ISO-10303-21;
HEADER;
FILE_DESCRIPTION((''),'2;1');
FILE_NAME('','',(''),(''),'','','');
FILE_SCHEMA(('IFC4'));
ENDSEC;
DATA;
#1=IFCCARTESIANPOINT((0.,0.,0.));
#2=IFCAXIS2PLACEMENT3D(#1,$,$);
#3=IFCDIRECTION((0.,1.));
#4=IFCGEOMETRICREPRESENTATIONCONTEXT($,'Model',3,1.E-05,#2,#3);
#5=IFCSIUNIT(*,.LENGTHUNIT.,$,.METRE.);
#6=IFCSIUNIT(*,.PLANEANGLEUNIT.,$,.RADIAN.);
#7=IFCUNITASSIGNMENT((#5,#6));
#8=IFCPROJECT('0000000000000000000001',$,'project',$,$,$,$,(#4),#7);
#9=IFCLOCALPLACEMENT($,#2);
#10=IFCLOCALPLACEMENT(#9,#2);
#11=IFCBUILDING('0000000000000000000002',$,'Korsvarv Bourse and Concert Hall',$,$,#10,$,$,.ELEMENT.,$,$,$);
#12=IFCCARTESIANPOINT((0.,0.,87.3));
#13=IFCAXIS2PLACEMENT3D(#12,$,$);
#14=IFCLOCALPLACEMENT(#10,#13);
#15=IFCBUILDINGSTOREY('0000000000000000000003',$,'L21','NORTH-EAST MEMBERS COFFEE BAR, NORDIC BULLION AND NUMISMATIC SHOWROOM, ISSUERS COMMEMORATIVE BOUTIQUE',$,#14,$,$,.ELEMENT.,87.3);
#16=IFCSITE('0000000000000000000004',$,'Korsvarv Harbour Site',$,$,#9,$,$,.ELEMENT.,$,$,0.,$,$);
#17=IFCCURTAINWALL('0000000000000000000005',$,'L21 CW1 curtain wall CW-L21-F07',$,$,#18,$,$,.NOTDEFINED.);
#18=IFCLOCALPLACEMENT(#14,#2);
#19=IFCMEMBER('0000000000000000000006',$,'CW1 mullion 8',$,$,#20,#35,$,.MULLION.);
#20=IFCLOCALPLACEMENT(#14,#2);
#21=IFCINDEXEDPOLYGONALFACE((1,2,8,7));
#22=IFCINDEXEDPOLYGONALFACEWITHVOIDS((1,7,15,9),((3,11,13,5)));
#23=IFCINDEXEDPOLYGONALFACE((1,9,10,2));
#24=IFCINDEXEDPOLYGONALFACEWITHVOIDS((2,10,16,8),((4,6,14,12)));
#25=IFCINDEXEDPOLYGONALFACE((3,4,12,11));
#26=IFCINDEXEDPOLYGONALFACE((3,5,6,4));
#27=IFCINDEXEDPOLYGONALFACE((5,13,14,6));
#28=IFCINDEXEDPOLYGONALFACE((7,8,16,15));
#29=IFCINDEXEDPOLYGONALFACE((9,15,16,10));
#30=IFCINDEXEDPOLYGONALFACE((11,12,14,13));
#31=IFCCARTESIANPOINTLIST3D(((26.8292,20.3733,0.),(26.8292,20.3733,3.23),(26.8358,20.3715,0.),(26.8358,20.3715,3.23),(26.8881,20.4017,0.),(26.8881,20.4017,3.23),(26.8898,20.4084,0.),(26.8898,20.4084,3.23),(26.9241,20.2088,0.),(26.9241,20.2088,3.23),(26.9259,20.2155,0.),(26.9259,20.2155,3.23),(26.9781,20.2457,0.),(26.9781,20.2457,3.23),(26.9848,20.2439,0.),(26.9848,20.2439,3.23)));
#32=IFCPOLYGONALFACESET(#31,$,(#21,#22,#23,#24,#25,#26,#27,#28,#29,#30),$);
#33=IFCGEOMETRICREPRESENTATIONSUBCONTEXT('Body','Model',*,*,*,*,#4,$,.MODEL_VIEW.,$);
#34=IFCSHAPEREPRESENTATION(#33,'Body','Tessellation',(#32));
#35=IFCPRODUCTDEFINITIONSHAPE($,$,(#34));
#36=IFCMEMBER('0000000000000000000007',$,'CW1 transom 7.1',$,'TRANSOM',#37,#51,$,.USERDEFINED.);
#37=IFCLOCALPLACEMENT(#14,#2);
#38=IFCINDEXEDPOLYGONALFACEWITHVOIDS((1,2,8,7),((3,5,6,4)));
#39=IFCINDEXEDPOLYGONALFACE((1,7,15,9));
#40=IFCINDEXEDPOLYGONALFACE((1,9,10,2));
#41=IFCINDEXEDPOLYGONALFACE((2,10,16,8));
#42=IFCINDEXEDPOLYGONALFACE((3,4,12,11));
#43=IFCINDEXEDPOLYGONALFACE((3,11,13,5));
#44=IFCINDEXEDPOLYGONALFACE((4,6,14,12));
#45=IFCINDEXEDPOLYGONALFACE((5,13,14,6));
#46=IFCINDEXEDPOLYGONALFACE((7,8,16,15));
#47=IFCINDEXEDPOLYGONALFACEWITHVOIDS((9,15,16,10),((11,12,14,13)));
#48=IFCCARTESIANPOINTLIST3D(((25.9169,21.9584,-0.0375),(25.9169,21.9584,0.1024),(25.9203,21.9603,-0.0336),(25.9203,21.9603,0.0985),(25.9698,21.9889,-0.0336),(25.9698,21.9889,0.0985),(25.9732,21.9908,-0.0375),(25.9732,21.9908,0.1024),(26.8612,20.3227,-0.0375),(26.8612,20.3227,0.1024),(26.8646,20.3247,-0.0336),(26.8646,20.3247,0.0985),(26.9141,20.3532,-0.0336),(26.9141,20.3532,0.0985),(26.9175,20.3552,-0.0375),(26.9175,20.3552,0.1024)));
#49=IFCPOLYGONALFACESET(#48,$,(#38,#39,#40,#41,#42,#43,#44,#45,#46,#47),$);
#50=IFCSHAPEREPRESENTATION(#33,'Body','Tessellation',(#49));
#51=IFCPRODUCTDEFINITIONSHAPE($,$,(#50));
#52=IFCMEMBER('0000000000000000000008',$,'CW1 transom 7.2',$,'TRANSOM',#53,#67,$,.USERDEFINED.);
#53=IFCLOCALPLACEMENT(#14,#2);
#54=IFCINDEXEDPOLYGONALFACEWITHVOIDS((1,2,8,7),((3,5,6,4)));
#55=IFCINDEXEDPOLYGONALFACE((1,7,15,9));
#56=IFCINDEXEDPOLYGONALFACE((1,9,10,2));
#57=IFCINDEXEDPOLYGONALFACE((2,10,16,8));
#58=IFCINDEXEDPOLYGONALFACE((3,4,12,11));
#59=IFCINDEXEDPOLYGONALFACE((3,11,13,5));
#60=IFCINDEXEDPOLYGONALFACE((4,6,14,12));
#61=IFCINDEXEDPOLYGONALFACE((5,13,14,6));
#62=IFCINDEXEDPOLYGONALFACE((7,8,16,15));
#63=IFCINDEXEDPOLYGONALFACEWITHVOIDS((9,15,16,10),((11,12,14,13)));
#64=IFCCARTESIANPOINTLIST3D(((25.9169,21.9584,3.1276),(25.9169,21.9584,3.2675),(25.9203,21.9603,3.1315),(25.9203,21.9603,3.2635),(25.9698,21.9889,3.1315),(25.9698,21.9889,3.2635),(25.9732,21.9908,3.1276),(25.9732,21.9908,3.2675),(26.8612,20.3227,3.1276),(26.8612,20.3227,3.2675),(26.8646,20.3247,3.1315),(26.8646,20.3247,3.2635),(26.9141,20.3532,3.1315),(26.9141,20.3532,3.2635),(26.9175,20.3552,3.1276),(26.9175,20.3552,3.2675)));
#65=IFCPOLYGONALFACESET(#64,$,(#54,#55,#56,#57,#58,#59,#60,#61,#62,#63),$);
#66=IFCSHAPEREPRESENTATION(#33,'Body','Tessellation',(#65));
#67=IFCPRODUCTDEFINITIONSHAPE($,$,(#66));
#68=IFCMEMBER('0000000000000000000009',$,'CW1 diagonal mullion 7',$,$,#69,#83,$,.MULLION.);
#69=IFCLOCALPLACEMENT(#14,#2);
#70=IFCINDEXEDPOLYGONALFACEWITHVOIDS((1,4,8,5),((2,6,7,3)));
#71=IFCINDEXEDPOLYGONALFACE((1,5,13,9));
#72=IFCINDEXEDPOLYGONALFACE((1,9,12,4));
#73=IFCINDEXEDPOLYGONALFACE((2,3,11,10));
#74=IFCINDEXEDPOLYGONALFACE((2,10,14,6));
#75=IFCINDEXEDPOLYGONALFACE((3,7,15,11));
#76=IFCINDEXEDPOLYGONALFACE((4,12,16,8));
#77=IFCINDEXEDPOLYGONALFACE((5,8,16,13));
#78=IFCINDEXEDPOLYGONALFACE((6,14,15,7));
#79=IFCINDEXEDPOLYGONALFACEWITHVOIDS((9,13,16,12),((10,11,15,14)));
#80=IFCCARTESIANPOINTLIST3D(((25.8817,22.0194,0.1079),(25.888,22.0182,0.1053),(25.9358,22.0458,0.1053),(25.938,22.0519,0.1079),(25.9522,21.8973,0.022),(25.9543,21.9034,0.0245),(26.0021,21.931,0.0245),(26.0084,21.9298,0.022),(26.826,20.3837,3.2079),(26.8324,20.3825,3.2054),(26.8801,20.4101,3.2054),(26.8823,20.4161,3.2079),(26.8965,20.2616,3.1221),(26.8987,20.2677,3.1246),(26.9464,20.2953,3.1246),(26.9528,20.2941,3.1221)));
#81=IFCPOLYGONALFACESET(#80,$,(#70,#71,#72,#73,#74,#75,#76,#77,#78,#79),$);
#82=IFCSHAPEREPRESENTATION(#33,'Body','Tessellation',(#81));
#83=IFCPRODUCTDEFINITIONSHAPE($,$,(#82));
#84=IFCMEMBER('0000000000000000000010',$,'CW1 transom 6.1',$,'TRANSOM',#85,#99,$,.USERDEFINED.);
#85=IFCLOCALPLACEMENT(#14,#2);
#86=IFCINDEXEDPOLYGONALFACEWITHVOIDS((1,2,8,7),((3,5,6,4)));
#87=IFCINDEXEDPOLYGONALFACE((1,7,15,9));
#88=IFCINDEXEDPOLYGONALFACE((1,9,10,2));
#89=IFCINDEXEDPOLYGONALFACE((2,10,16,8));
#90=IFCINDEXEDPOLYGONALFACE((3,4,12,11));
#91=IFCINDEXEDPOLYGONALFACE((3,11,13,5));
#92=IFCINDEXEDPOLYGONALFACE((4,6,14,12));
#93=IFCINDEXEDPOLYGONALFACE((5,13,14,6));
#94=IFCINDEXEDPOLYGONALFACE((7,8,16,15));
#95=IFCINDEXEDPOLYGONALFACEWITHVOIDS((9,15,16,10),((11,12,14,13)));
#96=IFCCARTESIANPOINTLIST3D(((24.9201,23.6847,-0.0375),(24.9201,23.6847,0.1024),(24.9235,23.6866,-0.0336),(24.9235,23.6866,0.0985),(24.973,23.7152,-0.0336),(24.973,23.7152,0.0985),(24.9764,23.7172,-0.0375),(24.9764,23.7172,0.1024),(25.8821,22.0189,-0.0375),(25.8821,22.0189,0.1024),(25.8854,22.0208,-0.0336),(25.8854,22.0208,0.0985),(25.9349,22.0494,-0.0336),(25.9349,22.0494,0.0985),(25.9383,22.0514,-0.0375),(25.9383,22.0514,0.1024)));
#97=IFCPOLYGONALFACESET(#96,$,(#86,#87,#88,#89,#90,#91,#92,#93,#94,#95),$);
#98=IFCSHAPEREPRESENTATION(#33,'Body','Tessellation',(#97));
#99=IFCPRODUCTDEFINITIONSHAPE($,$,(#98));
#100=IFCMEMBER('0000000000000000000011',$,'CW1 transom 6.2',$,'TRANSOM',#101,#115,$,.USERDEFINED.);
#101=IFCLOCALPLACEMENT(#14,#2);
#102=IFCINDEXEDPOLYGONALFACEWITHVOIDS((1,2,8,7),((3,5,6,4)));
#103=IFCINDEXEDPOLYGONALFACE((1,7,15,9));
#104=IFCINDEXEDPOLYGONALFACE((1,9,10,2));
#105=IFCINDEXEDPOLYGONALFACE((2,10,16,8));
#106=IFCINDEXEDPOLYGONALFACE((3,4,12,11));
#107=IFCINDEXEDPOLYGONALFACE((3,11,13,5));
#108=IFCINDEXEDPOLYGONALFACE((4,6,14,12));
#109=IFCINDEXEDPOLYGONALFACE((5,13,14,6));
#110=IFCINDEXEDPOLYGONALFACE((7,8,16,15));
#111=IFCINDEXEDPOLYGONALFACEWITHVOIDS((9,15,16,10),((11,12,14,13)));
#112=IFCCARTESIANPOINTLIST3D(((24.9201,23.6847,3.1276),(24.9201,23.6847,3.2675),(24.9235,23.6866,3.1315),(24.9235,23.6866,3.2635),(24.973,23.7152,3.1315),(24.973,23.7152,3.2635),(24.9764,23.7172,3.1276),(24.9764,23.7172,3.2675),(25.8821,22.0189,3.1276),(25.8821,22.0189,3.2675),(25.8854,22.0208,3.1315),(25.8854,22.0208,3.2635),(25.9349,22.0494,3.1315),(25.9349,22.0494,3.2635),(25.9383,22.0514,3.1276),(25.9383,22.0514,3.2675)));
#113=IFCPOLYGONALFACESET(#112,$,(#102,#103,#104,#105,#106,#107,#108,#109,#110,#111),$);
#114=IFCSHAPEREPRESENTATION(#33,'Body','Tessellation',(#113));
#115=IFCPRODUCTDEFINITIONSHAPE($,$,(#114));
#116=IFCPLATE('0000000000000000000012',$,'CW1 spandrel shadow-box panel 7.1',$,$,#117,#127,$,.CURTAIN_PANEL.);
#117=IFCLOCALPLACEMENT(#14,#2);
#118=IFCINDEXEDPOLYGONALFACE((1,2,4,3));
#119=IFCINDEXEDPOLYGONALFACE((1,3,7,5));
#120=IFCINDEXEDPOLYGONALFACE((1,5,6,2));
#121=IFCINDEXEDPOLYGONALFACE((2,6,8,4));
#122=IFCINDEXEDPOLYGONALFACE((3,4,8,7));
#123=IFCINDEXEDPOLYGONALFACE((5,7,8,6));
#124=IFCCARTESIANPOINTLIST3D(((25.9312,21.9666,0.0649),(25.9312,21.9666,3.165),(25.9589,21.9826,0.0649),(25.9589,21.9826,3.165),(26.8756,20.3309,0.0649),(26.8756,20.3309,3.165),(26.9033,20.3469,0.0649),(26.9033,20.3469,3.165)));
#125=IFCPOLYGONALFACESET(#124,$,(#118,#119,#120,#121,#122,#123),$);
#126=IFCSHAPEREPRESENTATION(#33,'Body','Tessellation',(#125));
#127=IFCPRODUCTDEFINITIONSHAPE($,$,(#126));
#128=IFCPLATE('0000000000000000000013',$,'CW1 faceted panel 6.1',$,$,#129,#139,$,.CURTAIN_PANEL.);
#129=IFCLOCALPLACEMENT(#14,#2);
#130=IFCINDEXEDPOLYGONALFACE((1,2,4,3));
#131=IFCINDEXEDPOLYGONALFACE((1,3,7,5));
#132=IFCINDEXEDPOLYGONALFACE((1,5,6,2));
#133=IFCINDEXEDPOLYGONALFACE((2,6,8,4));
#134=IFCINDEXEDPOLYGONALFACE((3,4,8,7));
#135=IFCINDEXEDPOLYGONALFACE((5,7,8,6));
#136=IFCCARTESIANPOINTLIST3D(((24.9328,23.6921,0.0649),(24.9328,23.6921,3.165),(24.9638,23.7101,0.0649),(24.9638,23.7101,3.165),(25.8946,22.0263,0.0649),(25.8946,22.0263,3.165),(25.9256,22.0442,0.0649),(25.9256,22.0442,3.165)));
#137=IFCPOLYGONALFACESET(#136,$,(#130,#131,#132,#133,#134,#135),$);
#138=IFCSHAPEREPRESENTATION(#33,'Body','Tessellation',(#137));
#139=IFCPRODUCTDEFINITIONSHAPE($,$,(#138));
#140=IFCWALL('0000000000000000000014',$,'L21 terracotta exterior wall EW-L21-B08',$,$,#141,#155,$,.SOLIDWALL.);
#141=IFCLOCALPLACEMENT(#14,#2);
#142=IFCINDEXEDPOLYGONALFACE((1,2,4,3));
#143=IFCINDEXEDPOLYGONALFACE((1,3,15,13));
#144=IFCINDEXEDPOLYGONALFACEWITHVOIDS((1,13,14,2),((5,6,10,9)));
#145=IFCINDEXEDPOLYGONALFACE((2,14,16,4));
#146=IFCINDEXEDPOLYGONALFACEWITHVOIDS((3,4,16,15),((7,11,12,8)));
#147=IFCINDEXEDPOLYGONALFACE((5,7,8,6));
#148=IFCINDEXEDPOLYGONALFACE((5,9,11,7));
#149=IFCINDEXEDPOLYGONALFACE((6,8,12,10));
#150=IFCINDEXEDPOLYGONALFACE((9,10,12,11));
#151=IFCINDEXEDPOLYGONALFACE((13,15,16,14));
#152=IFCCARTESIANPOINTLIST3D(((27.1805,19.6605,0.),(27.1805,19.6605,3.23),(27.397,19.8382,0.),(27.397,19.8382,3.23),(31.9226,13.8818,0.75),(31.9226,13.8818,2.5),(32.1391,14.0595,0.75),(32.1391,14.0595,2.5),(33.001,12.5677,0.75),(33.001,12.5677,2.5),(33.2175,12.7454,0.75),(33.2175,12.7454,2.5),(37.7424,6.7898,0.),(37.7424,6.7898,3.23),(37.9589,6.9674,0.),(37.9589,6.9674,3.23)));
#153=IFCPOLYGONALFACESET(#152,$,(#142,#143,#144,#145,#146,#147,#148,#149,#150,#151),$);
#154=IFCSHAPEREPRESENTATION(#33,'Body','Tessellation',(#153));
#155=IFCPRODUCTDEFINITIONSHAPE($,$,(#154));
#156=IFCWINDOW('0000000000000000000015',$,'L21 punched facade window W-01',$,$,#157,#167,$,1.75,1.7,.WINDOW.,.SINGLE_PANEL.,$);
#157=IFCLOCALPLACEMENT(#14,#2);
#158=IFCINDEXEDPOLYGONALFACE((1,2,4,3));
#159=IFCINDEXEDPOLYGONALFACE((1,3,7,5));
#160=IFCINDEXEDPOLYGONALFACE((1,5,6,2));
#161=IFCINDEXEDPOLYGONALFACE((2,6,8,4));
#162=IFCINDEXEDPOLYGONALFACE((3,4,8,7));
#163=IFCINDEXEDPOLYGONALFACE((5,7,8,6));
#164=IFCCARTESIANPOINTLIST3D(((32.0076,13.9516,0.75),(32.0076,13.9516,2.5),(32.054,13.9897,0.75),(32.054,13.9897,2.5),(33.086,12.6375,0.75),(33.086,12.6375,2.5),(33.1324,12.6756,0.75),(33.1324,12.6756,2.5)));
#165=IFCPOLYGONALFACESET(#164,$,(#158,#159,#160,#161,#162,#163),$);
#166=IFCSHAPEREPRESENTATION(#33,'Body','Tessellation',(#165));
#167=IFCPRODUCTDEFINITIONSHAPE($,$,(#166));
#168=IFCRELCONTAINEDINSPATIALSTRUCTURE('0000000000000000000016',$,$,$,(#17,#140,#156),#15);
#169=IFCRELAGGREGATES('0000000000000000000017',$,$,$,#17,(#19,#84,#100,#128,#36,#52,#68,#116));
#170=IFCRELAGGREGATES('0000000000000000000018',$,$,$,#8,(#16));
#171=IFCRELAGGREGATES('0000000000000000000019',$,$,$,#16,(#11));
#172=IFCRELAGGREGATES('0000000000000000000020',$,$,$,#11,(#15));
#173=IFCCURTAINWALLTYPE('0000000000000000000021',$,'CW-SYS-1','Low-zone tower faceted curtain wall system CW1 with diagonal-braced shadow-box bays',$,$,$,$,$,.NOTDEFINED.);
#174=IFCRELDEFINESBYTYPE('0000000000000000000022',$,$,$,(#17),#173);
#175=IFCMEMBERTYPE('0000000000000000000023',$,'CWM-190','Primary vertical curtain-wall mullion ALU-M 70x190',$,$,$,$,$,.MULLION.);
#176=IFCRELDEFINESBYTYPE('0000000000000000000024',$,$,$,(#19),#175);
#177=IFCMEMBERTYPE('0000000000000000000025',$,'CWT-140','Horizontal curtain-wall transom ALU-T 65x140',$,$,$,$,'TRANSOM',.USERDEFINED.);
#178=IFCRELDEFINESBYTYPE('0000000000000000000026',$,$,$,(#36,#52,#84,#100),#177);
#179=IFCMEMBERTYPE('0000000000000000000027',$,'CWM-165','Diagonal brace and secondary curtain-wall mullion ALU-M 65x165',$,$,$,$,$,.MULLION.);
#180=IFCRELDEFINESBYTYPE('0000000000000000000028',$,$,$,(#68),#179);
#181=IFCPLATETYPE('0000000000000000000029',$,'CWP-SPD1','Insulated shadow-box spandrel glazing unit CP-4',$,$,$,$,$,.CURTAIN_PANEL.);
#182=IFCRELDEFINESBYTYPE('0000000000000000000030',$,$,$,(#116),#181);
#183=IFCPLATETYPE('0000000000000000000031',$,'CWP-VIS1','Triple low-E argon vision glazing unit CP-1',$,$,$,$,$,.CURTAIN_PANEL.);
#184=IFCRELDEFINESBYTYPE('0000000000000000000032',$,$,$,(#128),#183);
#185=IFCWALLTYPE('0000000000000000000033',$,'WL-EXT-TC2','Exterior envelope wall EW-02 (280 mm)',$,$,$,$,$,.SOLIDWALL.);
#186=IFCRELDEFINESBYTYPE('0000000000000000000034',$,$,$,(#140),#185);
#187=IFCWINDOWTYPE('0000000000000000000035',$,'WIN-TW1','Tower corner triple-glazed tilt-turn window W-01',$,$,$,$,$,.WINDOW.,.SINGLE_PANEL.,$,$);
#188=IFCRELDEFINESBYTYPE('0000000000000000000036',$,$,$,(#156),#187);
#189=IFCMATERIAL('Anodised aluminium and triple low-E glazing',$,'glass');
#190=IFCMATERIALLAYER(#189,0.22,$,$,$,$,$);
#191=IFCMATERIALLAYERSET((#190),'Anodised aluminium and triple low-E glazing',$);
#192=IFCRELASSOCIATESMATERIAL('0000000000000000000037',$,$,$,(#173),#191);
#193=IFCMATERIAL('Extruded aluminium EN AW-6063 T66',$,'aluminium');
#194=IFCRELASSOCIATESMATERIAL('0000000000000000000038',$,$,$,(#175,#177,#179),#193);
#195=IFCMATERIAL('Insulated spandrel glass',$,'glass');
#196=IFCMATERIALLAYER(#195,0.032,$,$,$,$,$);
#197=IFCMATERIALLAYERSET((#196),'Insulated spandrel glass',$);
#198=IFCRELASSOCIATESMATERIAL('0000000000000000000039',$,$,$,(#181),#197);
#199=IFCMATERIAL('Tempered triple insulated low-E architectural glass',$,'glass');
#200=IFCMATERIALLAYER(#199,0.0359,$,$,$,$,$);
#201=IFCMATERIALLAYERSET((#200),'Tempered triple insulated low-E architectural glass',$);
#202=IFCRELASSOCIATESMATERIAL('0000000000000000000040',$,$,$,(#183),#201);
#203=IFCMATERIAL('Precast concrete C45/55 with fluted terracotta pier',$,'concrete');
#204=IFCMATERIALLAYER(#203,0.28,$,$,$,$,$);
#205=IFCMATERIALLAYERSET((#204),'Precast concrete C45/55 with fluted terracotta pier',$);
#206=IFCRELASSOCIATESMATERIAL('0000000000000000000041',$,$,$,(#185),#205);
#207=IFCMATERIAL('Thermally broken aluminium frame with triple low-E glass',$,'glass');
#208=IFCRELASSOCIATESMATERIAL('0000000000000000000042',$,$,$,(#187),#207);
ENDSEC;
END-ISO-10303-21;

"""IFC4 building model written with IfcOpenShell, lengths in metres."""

from ifc_helpers import new_model, si_unit, direction, frame, frame_2d, origin, origin_2d, place, context, subcontext, project, spatial, rectangle, hollow_rectangle, extrude, source, transform, mapped, material, layer, layer_set, material_profile, profile_set, type_object, element, fill, aggregate, save


model = new_model("IFC4")

# Units and contexts
model_context = context("Model", 3, precision=1e-05, world=origin(), true_north=direction((0.0, 1.0)))
body_context = subcontext(model_context, "Body", "Model", "MODEL_VIEW")
ifc_project = project(units=[si_unit("LENGTHUNIT", "METRE"), si_unit("PLANEANGLEUNIT", "RADIAN")], contexts=[model_context])

# Site, building, storey
site_placement = place(None, origin())
site = spatial("IfcSite", under=ifc_project, at=site_placement, Name="Korsvarv Harbour Site", CompositionType="ELEMENT", RefElevation=0.0)
building_placement = place(site_placement, origin())
building = spatial("IfcBuilding", under=site, at=building_placement, Name="Korsvarv Bourse and Concert Hall", CompositionType="ELEMENT")
storey_placement = place(building_placement, frame((0.0, 0.0, 87.3)))
storey = spatial("IfcBuildingStorey", under=building, at=storey_placement, Name="L21", Description="NORTH-EAST MEMBERS COFFEE BAR, NORDIC BULLION AND NUMISMATIC SHOWROOM, ISSUERS COMMEMORATIVE BOUTIQUE", CompositionType="ELEMENT", Elevation=87.3)

# Curtain wall, members, plates
ifc_material_1 = material(Name="Anodised aluminium and triple low-E glazing", Category="glass")
ifc_layer_1 = layer(ifc_material_1, 0.22)
ifc_layer_set_1 = layer_set([ifc_layer_1], Name="Anodised aluminium and triple low-E glazing")
curtain_wall_type = type_object("IfcCurtainWallType", Name="CW-SYS-1", Description="Low-zone tower faceted curtain wall system CW1 with diagonal-braced shadow-box bays", PredefinedType="NOTDEFINED", material=ifc_layer_set_1)
curtain_wall_placement = place(storey_placement, origin())
curtain_wall = element("IfcCurtainWall", 1, at=curtain_wall_placement, inside=storey, type_object=curtain_wall_type, Name="L21 CW1 curtain wall CW-L21-F07", PredefinedType="NOTDEFINED")
ifc_material_2 = material(Name="Extruded aluminium EN AW-6063 T66", Category="aluminium")
ifc_material_profile_1 = material_profile(ifc_material_2, hollow_rectangle(XDim=0.0701, YDim=0.1899, WallThickness=0.0049, at=origin_2d()), Name="ALU-M 70x190")
ifc_profile_set_1 = profile_set([ifc_material_profile_1], Name="Extruded aluminium EN AW-6063 T66")
member_type_1 = type_object("IfcMemberType", Name="CWM-190", Description="Primary vertical curtain-wall mullion ALU-M 70x190", PredefinedType="MULLION", material=ifc_profile_set_1)
shared_shape_1 = source(origin(), body_context, "Body", "SweptSolid", [
    extrude(hollow_rectangle(XDim=0.0701, YDim=0.1899, WallThickness=0.0049, at=origin_2d()), origin(), (0.0, 0.0, 1.0), 3.23),
])
member_1_placement = place(storey_placement, frame((26.907, 20.3086, 0.0), z_axis=(0.0, 0.0, 1.0), x_axis=(0.866026, 0.499999, 0.0)))
member_1 = element("IfcMember", 2, at=member_1_placement, type_object=member_type_1, Name="CW1 mullion 8", PredefinedType="MULLION", context=body_context, shape_type="MappedRepresentation", body=[
    mapped(shared_shape_1, transform((0.0, 0.0, 0.0), scale=1.0)),
])
ifc_material_profile_2 = material_profile(ifc_material_2, hollow_rectangle(XDim=0.0649, YDim=0.1399, WallThickness=0.0039, at=origin_2d()), Name="ALU-T 65x140")
ifc_profile_set_2 = profile_set([ifc_material_profile_2], Name="Extruded aluminium EN AW-6063 T66")
member_type_2 = type_object("IfcMemberType", Name="CWT-140", Description="Horizontal curtain-wall transom ALU-T 65x140", ElementType="TRANSOM", PredefinedType="USERDEFINED", material=ifc_profile_set_2)
shared_shape_2 = source(origin(), body_context, "Body", "SweptSolid", [
    extrude(hollow_rectangle(XDim=0.0649, YDim=0.1399, WallThickness=0.0039, at=origin_2d()), origin(), (0.0, 0.0, 1.0), 1.8887),
])
member_2_placement = place(storey_placement, frame((25.9451, 21.9746, 0.0325), z_axis=(0.499976, -0.866039, 0.0), x_axis=(0.866039, 0.499976, 0.0)))
member_2 = element("IfcMember", 3, at=member_2_placement, type_object=member_type_2, Name="CW1 transom 7.1", ObjectType="TRANSOM", PredefinedType="USERDEFINED", context=body_context, shape_type="MappedRepresentation", body=[
    mapped(shared_shape_2, transform((0.0, 0.0, 0.0), scale=1.0)),
])
member_3_placement = place(storey_placement, frame((25.9451, 21.9746, 3.1975), z_axis=(0.499976, -0.866039, 0.0), x_axis=(0.866039, 0.499976, 0.0)))
member_3 = element("IfcMember", 4, at=member_3_placement, type_object=member_type_2, Name="CW1 transom 7.2", ObjectType="TRANSOM", PredefinedType="USERDEFINED", context=body_context, shape_type="MappedRepresentation", body=[
    mapped(shared_shape_2, transform((0.0, 0.0, 0.0), scale=1.0)),
])
ifc_material_profile_3 = material_profile(ifc_material_2, hollow_rectangle(XDim=0.0649, YDim=0.165, WallThickness=0.0049, at=origin_2d()), Name="ALU-M 65x165")
ifc_profile_set_3 = profile_set([ifc_material_profile_3], Name="Extruded aluminium EN AW-6063 T66")
member_type_3 = type_object("IfcMemberType", Name="CWM-165", Description="Diagonal brace and secondary curtain-wall mullion ALU-M 65x165", PredefinedType="MULLION", material=ifc_profile_set_3)
shared_shape_3 = source(origin(), body_context, "Body", "SweptSolid", [
    extrude(hollow_rectangle(XDim=0.0649, YDim=0.165, WallThickness=0.0049, at=origin_2d()), origin(), (0.0, 0.0, 1.0), 3.6301),
])
member_4_placement = place(storey_placement, frame((25.9451, 21.9746, 0.0649), z_axis=(0.260137, -0.450598, 0.853985), x_axis=(0.866039, 0.499976, 0.0)))
member_4 = element("IfcMember", 5, at=member_4_placement, type_object=member_type_3, Name="CW1 diagonal mullion 7", PredefinedType="MULLION", context=body_context, shape_type="MappedRepresentation", body=[
    mapped(shared_shape_3, transform((0.0, 0.0, 0.0), scale=1.0)),
])
shared_shape_4 = source(origin(), body_context, "Body", "SweptSolid", [
    extrude(hollow_rectangle(XDim=0.0649, YDim=0.1399, WallThickness=0.0039, at=origin_2d()), origin(), (0.0, 0.0, 1.0), 1.9236),
])
member_5_placement = place(storey_placement, frame((24.9482, 23.7009, 0.0325), z_axis=(0.50007, -0.865985, 0.0), x_axis=(0.865985, 0.50007, 0.0)))
member_5 = element("IfcMember", 6, at=member_5_placement, type_object=member_type_2, Name="CW1 transom 6.1", ObjectType="TRANSOM", PredefinedType="USERDEFINED", context=body_context, shape_type="MappedRepresentation", body=[
    mapped(shared_shape_4, transform((0.0, 0.0, 0.0), scale=1.0)),
])
member_6_placement = place(storey_placement, frame((24.9482, 23.7009, 3.1975), z_axis=(0.50007, -0.865985, 0.0), x_axis=(0.865985, 0.50007, 0.0)))
member_6 = element("IfcMember", 7, at=member_6_placement, type_object=member_type_2, Name="CW1 transom 6.2", ObjectType="TRANSOM", PredefinedType="USERDEFINED", context=body_context, shape_type="MappedRepresentation", body=[
    mapped(shared_shape_4, transform((0.0, 0.0, 0.0), scale=1.0)),
])
ifc_material_3 = material(Name="Insulated spandrel glass", Category="glass")
ifc_layer_2 = layer(ifc_material_3, 0.032)
ifc_layer_set_2 = layer_set([ifc_layer_2], Name="Insulated spandrel glass")
plate_type_1 = type_object("IfcPlateType", Name="CWP-SPD1", Description="Insulated shadow-box spandrel glazing unit CP-4", PredefinedType="CURTAIN_PANEL", material=ifc_layer_set_2)
shared_shape_5 = source(origin(), body_context, "Body", "SweptSolid", [
    extrude(rectangle(XDim=1.8887, YDim=0.032, at=origin_2d()), origin(), (0.0, 0.0, 1.0), 3.1001),
])
plate_1_placement = place(storey_placement, frame((26.4172, 21.1567, 0.0649), z_axis=(0.0, 0.0, 1.0), x_axis=(0.499999, -0.866026, 0.0)))
plate_1 = element("IfcPlate", 8, at=plate_1_placement, type_object=plate_type_1, Name="CW1 spandrel shadow-box panel 7.1", PredefinedType="CURTAIN_PANEL", context=body_context, shape_type="MappedRepresentation", body=[
    mapped(shared_shape_5, transform((0.0, 0.0, 0.0), scale=1.0)),
])
ifc_material_4 = material(Name="Tempered triple insulated low-E architectural glass", Category="glass")
ifc_layer_3 = layer(ifc_material_4, 0.0359)
ifc_layer_set_3 = layer_set([ifc_layer_3], Name="Tempered triple insulated low-E architectural glass")
plate_type_2 = type_object("IfcPlateType", Name="CWP-VIS1", Description="Triple low-E argon vision glazing unit CP-1", PredefinedType="CURTAIN_PANEL", material=ifc_layer_set_3)
shared_shape_6 = source(origin(), body_context, "Body", "SweptSolid", [
    extrude(rectangle(XDim=1.9236, YDim=0.0359, at=origin_2d()), origin(), (0.0, 0.0, 1.0), 3.1001),
])
plate_2_placement = place(storey_placement, frame((25.4292, 22.8682, 0.0649), z_axis=(0.0, 0.0, 1.0), x_axis=(0.499999, -0.866026, 0.0)))
plate_2 = element("IfcPlate", 9, at=plate_2_placement, type_object=plate_type_2, Name="CW1 faceted panel 6.1", PredefinedType="CURTAIN_PANEL", context=body_context, shape_type="MappedRepresentation", body=[
    mapped(shared_shape_6, transform((0.0, 0.0, 0.0), scale=1.0)),
])
aggregate(curtain_wall, [member_1, member_5, member_6, plate_2, member_2, member_3, member_4, plate_1])

# Wall, opening, window
ifc_material_5 = material(Name="Precast concrete C45/55 with fluted terracotta pier", Category="concrete")
ifc_layer_4 = layer(ifc_material_5, 0.28)
ifc_layer_set_4 = layer_set([ifc_layer_4], Name="Precast concrete C45/55 with fluted terracotta pier")
wall_type_1 = type_object("IfcWallType", Name="WL-EXT-TC2", Description="Exterior envelope wall EW-02 (280 mm)", PredefinedType="SOLIDWALL", material=ifc_layer_set_4)
wall_1_placement = place(storey_placement, frame((27.2888, 19.7493, 0.0), z_axis=(0.0, 0.0, 1.0), x_axis=(0.634364, -0.773035, 0.0)))
wall_1 = element("IfcWall", 10, at=wall_1_placement, inside=storey, type_object=wall_type_1, Name="L21 terracotta exterior wall EW-L21-B08", PredefinedType="SOLIDWALL", context=body_context, shape_type="SweptSolid", body=[
    extrude(rectangle(XDim=16.6497, YDim=0.28, at=frame_2d((8.3247, 0.0))), origin(), (0.0, 0.0, 1.0), 3.23),
])
opening_1_placement = place(wall_1_placement, frame((7.4751, 0.0, 0.75)))
opening_1 = element("IfcOpeningElement", 11, at=opening_1_placement, cuts=wall_1, PredefinedType="OPENING", context=body_context, shape_type="SweptSolid", body=[
    extrude(rectangle(XDim=1.7, YDim=1.75, at=frame_2d((0.8501, 0.875))), frame((0.0, 0.1499, 0.0), z_axis=(0.0, -1.0, 0.0), x_axis=(1.0, 0.0, 0.0)), (0.0, 0.0, 1.0), 0.3),
])
ifc_material_6 = material(Name="Thermally broken aluminium frame with triple low-E glass", Category="glass")
window_type = type_object("IfcWindowType", Name="WIN-TW1", Description="Tower corner triple-glazed tilt-turn window W-01", PartitioningType="SINGLE_PANEL", PredefinedType="WINDOW", material=ifc_material_6)
window_placement = place(opening_1_placement, origin())
window = element("IfcWindow", 12, at=window_placement, inside=storey, type_object=window_type, Name="L21 punched facade window W-01", OverallHeight=1.75, OverallWidth=1.7, PartitioningType="SINGLE_PANEL", PredefinedType="WINDOW", context=body_context, shape_type="SweptSolid", body=[
    extrude(rectangle(XDim=1.7, YDim=1.75, at=frame_2d((0.8501, 0.875))), frame((0.0, 0.03, 0.0), z_axis=(0.0, -1.0, 0.0), x_axis=(1.0, 0.0, 0.0)), (0.0, 0.0, 1.0), 0.0601),
])
fill(opening_1, window)

save(model, "model.ifc")
